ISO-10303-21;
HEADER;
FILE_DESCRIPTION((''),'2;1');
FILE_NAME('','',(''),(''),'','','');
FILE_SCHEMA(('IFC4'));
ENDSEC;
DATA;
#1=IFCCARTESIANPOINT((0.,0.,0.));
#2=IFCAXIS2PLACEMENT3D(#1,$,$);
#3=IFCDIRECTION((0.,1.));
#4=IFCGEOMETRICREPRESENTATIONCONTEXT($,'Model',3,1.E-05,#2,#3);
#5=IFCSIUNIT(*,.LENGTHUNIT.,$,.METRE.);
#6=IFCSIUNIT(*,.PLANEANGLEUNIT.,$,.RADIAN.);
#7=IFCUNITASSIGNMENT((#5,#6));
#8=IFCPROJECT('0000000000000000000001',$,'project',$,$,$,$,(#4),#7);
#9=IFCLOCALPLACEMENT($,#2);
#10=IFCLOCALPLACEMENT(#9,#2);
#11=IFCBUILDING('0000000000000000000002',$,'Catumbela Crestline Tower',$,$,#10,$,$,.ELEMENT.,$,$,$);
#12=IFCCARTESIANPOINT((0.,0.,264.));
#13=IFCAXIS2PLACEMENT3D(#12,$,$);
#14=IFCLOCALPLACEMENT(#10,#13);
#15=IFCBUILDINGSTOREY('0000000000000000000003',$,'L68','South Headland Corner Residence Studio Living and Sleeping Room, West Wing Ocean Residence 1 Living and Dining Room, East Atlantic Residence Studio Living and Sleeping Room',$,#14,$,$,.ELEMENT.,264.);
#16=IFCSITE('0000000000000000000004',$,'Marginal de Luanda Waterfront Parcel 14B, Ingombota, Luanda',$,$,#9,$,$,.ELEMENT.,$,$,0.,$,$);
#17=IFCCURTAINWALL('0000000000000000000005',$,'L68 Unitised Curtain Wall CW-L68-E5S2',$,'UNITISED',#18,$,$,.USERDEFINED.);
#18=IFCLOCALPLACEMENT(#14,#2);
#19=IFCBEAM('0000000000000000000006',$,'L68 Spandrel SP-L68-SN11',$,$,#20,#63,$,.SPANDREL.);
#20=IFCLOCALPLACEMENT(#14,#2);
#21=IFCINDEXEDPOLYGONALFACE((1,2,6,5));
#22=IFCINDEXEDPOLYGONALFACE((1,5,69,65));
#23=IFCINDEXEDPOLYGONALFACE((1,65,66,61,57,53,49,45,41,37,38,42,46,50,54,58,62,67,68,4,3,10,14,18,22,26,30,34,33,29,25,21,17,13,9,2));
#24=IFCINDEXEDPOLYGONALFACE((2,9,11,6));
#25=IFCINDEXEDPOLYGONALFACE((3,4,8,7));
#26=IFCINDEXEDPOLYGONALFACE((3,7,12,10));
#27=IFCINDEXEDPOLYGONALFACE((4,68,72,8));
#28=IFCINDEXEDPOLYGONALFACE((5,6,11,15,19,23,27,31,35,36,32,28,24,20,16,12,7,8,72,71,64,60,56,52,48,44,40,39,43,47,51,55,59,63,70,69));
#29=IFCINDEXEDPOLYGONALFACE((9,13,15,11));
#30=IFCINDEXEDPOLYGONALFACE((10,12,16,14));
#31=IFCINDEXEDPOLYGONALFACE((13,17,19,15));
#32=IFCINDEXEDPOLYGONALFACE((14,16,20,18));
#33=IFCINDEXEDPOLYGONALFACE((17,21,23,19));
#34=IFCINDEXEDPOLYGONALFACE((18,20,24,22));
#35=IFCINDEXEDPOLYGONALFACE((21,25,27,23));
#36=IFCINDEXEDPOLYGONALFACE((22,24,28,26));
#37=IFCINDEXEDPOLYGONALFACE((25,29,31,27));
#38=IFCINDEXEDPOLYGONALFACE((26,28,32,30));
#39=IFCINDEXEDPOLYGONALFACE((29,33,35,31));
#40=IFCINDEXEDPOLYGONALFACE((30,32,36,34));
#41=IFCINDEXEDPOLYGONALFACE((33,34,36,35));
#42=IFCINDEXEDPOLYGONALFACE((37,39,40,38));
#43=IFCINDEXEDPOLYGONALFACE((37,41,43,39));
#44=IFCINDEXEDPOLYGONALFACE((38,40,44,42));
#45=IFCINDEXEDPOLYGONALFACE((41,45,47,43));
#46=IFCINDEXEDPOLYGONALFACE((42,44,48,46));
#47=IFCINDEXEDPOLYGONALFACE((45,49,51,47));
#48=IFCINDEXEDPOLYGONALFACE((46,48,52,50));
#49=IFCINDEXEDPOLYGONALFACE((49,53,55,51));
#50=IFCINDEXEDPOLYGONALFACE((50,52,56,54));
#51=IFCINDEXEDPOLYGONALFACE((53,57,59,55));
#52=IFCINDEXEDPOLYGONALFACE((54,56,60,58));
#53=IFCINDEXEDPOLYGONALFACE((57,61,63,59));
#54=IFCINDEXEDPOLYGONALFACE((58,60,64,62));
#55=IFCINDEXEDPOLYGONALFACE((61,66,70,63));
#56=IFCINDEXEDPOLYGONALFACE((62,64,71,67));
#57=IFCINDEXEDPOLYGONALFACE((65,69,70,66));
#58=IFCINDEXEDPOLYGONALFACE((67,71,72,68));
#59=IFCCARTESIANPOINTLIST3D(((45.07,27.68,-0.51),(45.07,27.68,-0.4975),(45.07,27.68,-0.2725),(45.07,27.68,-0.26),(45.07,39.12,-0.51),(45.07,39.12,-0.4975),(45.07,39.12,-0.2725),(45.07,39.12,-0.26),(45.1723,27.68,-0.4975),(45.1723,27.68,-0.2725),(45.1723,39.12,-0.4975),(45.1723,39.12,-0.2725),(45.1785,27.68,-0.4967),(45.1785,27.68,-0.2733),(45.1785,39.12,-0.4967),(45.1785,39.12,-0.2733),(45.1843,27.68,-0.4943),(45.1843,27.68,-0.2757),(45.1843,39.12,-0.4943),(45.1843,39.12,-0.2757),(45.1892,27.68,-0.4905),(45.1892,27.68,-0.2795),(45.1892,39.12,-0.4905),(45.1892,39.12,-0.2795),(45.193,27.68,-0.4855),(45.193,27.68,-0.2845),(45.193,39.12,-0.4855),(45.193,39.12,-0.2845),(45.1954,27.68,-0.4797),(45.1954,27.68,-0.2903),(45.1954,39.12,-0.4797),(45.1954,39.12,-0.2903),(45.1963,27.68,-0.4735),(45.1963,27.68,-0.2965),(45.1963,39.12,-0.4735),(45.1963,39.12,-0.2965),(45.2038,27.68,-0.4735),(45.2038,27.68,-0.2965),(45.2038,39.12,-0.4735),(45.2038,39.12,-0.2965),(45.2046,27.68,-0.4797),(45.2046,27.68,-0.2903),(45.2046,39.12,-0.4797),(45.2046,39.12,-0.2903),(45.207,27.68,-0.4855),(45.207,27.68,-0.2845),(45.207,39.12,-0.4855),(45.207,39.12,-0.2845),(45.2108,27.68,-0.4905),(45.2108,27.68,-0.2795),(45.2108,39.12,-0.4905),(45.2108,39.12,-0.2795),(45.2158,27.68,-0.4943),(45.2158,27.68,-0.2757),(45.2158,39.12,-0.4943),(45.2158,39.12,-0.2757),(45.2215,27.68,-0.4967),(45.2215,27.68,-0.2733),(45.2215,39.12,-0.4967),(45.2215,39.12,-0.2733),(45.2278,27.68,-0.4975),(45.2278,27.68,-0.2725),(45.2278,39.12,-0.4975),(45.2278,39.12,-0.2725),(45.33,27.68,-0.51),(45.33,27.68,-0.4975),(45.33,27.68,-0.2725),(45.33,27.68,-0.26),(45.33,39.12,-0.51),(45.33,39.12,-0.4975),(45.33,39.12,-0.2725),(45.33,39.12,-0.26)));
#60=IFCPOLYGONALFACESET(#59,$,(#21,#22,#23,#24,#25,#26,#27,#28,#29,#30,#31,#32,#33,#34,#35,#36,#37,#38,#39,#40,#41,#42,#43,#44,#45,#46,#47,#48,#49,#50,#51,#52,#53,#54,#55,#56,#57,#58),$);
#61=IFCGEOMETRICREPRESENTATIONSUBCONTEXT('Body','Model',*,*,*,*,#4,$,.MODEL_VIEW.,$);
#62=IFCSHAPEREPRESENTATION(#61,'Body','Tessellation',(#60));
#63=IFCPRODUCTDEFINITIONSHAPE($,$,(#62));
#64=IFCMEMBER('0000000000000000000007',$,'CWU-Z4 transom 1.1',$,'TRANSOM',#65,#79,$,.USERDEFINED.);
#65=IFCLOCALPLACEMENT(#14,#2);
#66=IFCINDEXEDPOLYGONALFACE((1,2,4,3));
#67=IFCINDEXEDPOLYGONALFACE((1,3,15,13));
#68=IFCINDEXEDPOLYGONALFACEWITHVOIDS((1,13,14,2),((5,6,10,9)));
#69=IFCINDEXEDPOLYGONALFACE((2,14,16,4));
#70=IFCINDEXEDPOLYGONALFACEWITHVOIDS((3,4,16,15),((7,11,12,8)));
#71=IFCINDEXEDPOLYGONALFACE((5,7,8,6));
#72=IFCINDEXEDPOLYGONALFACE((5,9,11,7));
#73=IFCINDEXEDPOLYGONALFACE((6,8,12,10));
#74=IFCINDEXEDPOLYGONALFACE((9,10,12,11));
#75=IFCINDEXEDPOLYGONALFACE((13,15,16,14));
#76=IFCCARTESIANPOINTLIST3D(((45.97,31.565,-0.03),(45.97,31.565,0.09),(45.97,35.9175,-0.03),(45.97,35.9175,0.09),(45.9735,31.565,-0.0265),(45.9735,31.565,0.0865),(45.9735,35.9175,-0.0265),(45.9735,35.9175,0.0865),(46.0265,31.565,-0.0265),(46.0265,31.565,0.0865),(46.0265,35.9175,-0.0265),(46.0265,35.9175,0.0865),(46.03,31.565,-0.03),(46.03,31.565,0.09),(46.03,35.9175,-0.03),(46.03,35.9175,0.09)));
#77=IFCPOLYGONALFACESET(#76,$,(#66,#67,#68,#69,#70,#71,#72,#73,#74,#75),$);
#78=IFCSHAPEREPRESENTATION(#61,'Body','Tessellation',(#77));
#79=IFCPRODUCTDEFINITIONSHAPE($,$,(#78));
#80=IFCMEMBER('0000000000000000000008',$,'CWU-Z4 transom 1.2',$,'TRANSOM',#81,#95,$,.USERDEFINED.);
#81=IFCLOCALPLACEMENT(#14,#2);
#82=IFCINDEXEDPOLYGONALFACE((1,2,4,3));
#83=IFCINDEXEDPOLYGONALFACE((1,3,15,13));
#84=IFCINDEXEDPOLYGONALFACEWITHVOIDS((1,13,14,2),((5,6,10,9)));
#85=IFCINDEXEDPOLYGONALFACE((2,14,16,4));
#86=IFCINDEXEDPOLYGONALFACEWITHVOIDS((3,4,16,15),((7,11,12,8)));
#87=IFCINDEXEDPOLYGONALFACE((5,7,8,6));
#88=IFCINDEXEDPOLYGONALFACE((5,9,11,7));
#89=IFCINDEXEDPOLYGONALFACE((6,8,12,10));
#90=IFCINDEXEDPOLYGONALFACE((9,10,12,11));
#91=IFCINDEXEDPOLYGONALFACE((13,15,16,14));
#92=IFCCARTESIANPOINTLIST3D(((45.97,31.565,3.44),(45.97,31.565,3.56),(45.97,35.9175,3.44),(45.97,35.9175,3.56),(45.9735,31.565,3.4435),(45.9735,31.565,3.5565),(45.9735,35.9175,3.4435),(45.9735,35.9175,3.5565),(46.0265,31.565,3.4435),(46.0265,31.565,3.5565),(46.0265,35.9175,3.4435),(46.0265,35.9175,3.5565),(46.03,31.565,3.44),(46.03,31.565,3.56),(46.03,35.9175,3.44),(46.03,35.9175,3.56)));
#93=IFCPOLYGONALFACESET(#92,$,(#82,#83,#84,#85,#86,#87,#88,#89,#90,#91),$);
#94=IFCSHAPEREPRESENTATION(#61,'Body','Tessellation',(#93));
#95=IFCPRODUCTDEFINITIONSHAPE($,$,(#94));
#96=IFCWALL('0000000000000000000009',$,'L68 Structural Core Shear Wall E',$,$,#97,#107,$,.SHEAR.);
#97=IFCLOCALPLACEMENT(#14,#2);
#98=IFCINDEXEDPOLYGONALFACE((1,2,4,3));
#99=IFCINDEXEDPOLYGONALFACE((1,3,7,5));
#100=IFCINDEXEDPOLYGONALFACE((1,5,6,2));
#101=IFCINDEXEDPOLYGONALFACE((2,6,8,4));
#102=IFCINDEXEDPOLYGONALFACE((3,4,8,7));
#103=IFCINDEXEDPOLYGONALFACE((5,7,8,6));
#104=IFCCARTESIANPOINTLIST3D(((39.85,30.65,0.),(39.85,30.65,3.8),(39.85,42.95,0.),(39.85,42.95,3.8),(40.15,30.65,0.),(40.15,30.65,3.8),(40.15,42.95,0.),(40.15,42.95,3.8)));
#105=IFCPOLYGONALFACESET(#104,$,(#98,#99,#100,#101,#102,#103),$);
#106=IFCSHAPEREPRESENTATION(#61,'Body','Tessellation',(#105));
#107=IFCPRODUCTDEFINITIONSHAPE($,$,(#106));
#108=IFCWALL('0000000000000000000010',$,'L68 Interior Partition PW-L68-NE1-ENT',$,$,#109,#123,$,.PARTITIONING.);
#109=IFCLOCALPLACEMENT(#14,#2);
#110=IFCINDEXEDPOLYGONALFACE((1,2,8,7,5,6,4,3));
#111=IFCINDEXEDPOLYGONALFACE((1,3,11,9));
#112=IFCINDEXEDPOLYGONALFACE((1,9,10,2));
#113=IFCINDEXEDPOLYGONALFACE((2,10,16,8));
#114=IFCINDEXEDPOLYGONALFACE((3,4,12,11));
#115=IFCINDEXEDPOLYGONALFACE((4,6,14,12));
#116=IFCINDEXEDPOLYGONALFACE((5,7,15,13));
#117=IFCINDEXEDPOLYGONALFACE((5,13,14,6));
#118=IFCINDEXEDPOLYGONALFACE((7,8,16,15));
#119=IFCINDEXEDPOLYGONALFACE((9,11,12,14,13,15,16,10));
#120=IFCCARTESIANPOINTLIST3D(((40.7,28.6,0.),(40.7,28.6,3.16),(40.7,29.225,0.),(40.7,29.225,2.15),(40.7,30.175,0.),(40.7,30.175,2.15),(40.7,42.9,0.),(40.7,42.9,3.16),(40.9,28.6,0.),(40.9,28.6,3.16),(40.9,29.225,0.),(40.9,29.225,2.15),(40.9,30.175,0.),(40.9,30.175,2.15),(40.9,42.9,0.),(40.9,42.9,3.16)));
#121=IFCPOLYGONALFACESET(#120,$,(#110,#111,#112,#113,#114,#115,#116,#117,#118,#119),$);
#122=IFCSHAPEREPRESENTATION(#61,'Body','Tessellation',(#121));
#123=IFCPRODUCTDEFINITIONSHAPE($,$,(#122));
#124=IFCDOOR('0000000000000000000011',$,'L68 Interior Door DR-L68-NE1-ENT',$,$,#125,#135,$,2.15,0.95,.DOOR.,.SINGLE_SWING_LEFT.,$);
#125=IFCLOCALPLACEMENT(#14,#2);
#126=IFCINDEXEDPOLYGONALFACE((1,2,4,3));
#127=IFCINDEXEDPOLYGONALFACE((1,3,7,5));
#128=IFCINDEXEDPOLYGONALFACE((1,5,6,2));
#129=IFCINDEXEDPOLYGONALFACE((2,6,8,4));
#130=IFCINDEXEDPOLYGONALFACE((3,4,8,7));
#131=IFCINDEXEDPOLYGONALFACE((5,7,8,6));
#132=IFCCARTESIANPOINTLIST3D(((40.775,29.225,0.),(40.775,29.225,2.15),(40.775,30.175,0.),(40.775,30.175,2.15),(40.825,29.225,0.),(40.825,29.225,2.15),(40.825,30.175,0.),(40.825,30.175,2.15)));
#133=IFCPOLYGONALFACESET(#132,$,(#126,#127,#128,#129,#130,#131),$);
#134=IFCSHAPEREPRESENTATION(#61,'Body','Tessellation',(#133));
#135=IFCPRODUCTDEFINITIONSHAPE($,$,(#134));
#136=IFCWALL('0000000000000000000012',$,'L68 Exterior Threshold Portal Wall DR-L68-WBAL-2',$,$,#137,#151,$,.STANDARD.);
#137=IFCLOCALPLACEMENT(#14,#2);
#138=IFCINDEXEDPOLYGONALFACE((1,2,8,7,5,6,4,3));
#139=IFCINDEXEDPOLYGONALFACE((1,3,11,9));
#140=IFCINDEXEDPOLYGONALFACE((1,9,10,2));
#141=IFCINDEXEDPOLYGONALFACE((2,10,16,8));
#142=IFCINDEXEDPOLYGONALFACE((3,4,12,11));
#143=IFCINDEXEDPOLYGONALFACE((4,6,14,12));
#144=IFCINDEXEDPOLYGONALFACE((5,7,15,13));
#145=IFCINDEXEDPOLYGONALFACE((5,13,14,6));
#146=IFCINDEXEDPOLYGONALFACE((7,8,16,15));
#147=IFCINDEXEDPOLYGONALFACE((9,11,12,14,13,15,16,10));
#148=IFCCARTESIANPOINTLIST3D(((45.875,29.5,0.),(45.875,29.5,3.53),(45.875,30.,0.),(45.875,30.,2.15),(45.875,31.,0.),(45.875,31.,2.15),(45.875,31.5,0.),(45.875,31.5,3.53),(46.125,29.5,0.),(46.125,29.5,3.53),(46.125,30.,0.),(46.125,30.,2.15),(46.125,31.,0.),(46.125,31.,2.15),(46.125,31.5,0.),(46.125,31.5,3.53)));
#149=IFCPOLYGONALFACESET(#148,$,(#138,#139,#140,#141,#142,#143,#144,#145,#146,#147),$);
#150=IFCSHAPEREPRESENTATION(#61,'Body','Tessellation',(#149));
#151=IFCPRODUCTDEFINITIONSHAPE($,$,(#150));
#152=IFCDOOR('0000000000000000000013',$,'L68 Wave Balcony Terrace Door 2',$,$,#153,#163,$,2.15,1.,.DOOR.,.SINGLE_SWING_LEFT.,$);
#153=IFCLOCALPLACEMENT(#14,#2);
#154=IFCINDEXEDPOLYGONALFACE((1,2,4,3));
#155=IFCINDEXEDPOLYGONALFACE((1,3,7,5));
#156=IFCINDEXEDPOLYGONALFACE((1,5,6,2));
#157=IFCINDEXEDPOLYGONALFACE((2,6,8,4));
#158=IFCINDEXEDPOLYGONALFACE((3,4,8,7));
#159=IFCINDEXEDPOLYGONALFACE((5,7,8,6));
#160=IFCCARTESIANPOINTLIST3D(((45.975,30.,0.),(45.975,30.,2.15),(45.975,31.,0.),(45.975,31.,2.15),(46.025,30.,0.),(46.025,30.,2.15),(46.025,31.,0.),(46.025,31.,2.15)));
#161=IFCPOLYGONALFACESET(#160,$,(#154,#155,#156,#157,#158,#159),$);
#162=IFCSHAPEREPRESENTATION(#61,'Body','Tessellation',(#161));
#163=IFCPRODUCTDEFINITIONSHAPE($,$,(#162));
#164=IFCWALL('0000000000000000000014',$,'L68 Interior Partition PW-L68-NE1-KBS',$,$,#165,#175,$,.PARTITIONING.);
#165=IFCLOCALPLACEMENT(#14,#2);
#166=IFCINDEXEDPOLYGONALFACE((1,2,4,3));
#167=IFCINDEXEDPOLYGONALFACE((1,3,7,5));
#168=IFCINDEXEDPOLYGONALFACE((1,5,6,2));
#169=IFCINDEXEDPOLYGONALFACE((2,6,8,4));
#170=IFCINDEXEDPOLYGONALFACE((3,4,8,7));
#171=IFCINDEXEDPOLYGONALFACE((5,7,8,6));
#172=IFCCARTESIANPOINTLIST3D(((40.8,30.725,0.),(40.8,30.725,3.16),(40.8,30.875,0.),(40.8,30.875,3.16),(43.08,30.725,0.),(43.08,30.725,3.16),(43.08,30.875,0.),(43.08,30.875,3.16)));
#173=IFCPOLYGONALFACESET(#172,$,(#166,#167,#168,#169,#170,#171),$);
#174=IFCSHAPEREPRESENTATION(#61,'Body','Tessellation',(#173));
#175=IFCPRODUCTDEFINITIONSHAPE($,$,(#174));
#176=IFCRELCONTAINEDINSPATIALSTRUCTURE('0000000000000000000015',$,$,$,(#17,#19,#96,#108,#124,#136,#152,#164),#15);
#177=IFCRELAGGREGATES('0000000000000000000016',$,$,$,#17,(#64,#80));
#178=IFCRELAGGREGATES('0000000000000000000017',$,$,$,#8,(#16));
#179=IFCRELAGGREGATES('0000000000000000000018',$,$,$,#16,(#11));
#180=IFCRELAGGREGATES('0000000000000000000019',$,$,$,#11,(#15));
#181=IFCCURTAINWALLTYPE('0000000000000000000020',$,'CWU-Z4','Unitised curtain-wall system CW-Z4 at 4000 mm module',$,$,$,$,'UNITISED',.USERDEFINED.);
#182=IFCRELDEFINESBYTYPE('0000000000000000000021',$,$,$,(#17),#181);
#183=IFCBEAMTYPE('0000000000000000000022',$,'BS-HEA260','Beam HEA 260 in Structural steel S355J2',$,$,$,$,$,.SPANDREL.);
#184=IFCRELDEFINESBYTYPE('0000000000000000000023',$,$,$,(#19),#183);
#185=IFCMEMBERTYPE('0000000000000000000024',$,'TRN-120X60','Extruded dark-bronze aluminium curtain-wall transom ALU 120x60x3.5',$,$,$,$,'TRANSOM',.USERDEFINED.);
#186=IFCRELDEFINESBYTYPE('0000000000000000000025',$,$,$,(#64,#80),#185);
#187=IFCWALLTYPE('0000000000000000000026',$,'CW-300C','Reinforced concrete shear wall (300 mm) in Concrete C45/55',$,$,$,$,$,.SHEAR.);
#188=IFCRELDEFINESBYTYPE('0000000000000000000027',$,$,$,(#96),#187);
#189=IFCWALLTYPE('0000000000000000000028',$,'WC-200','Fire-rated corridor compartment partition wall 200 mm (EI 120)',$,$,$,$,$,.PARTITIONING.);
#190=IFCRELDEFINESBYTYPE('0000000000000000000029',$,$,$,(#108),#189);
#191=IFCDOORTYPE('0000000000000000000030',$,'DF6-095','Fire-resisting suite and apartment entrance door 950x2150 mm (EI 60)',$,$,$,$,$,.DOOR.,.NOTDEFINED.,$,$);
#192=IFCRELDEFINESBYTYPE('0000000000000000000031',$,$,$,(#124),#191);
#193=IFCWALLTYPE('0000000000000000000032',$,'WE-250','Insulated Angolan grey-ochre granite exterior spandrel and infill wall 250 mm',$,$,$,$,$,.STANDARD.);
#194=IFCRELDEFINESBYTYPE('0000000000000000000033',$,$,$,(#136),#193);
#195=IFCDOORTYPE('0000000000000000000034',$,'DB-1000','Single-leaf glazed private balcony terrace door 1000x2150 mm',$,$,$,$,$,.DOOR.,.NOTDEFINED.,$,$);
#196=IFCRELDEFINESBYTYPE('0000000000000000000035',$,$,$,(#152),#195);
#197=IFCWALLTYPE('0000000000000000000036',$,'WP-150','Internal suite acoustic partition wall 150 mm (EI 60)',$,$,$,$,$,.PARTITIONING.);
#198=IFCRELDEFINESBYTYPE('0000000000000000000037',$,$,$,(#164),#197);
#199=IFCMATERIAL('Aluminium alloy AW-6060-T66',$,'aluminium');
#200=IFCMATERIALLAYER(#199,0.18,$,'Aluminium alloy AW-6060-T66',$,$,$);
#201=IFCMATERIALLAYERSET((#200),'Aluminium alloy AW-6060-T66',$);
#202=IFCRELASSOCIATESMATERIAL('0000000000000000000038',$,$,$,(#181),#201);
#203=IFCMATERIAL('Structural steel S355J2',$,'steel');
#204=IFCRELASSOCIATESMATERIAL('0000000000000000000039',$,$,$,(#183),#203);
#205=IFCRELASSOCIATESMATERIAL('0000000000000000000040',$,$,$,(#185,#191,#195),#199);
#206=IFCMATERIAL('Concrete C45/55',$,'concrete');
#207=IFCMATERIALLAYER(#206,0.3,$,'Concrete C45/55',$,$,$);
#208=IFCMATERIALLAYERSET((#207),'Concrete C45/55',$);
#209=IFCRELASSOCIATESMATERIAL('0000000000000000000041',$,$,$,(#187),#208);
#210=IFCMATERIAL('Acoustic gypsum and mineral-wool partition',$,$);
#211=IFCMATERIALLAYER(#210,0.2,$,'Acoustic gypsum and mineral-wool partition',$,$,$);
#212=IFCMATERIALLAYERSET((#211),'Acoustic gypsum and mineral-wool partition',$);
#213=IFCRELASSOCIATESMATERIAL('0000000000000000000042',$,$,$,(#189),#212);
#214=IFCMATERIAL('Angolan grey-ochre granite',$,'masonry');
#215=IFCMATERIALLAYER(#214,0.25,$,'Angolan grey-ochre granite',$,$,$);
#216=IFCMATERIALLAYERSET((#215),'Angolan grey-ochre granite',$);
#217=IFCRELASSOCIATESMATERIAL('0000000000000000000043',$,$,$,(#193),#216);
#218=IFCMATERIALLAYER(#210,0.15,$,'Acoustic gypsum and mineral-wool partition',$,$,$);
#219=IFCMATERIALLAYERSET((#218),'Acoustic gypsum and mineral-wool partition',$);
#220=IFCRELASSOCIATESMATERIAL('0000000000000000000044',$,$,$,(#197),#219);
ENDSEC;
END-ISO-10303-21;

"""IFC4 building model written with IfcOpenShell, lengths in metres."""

from ifc_helpers import new_model, si_unit, direction, frame, frame_2d, origin, origin_2d, place, context, subcontext, project, spatial, rectangle, hollow_rectangle, i_section, extrude, material, layer, layer_set, material_profile, profile_set, type_object, element, fill, aggregate, save


model = new_model("IFC4")

# Units and contexts
model_context = context("Model", 3, precision=1e-05, world=origin(), true_north=direction((0.0, 1.0)))
body_context = subcontext(model_context, "Body", "Model", "MODEL_VIEW")
ifc_project = project(units=[si_unit("LENGTHUNIT", "METRE"), si_unit("PLANEANGLEUNIT", "RADIAN")], contexts=[model_context])

# Site, building, storey
site_placement = place(None, origin())
site = spatial("IfcSite", under=ifc_project, at=site_placement, Name="Marginal de Luanda Waterfront Parcel 14B, Ingombota, Luanda", CompositionType="ELEMENT", RefElevation=0.0)
building_placement = place(site_placement, origin())
building = spatial("IfcBuilding", under=site, at=building_placement, Name="Catumbela Crestline Tower", CompositionType="ELEMENT")
storey_placement = place(building_placement, frame((0.0, 0.0, 264.0)))
storey = spatial("IfcBuildingStorey", under=building, at=storey_placement, Name="L68", Description="South Headland Corner Residence Studio Living and Sleeping Room, West Wing Ocean Residence 1 Living and Dining Room, East Atlantic Residence Studio Living and Sleeping Room", CompositionType="ELEMENT", Elevation=264.0)

# Shared definitions
ifc_material_1 = material(Name="Concrete C45/55", Category="concrete")
ifc_material_2 = material(Name="Structural steel S355J2", Category="steel")

# Curtain wall
ifc_material_3 = material(Name="Aluminium alloy AW-6060-T66", Category="aluminium")
ifc_layer_1 = layer(ifc_material_3, 0.18, Name="Aluminium alloy AW-6060-T66")
ifc_layer_set_1 = layer_set([ifc_layer_1], Name="Aluminium alloy AW-6060-T66")
curtain_wall_type = type_object("IfcCurtainWallType", Name="CWU-Z4", Description="Unitised curtain-wall system CW-Z4 at 4000 mm module", ElementType="UNITISED", PredefinedType="USERDEFINED", material=ifc_layer_set_1)
curtain_wall_placement = place(storey_placement, origin())
curtain_wall = element("IfcCurtainWall", 1, at=curtain_wall_placement, inside=storey, type_object=curtain_wall_type, Name="L68 Unitised Curtain Wall CW-L68-E5S2", ObjectType="UNITISED", PredefinedType="USERDEFINED")

# Beam
ifc_material_profile_1 = material_profile(ifc_material_2, i_section(OverallWidth=0.26, OverallDepth=0.25, WebThickness=0.0075, FlangeThickness=0.0125, FilletRadius=0.024, at=origin_2d()), Name="HEA 260")
ifc_profile_set_1 = profile_set([ifc_material_profile_1], Name="Structural steel S355J2")
beam_type_1 = type_object("IfcBeamType", Name="BS-HEA260", Description="Beam HEA 260 in Structural steel S355J2", PredefinedType="SPANDREL", material=ifc_profile_set_1)
beam_1_placement = place(storey_placement, frame((45.2, 27.68, -0.385), z_axis=(0.0, 1.0, 0.0), x_axis=(-1.0, 0.0, 0.0)))
element("IfcBeam", 2, at=beam_1_placement, inside=storey, type_object=beam_type_1, Name="L68 Spandrel SP-L68-SN11", PredefinedType="SPANDREL", context=body_context, shape_type="SweptSolid", body=[
    extrude(i_section(OverallWidth=0.26, OverallDepth=0.25, WebThickness=0.0075, FlangeThickness=0.0125, FilletRadius=0.024, at=origin_2d()), origin(), (0.0, 0.0, 1.0), 11.44),
])

# Members
ifc_material_profile_2 = material_profile(ifc_material_3, hollow_rectangle(XDim=0.06, YDim=0.12, WallThickness=0.0035, at=origin_2d()), Name="ALU 120x60x3.5")
ifc_profile_set_2 = profile_set([ifc_material_profile_2], Name="Aluminium alloy AW-6060-T66")
member_type_1 = type_object("IfcMemberType", Name="TRN-120X60", Description="Extruded dark-bronze aluminium curtain-wall transom ALU 120x60x3.5", ElementType="TRANSOM", PredefinedType="USERDEFINED", material=ifc_profile_set_2)
member_1_placement = place(storey_placement, frame((46.0, 31.565, 0.03), z_axis=(0.0, 1.0, 0.0), x_axis=(-1.0, 0.0, 0.0)))
member_1 = element("IfcMember", 3, at=member_1_placement, type_object=member_type_1, Name="CWU-Z4 transom 1.1", ObjectType="TRANSOM", PredefinedType="USERDEFINED", context=body_context, shape_type="SweptSolid", body=[
    extrude(hollow_rectangle(XDim=0.06, YDim=0.12, WallThickness=0.0035, at=origin_2d()), origin(), (0.0, 0.0, 1.0), 4.3525),
])
member_2_placement = place(storey_placement, frame((46.0, 31.565, 3.5), z_axis=(0.0, 1.0, 0.0), x_axis=(-1.0, 0.0, 0.0)))
member_2 = element("IfcMember", 4, at=member_2_placement, type_object=member_type_1, Name="CWU-Z4 transom 1.2", ObjectType="TRANSOM", PredefinedType="USERDEFINED", context=body_context, shape_type="SweptSolid", body=[
    extrude(hollow_rectangle(XDim=0.06, YDim=0.12, WallThickness=0.0035, at=origin_2d()), origin(), (0.0, 0.0, 1.0), 4.3525),
])
aggregate(curtain_wall, [member_1, member_2])

# Wall
ifc_layer_2 = layer(ifc_material_1, 0.3, Name="Concrete C45/55")
ifc_layer_set_2 = layer_set([ifc_layer_2], Name="Concrete C45/55")
wall_type_1 = type_object("IfcWallType", Name="CW-300C", Description="Reinforced concrete shear wall (300 mm) in Concrete C45/55", PredefinedType="SHEAR", material=ifc_layer_set_2)
wall_1_placement = place(storey_placement, frame((40.0, 30.65, 0.0), z_axis=(0.0, 0.0, 1.0), x_axis=(0.0, 1.0, 0.0)))
element("IfcWall", 5, at=wall_1_placement, inside=storey, type_object=wall_type_1, Name="L68 Structural Core Shear Wall E", PredefinedType="SHEAR", context=body_context, shape_type="SweptSolid", body=[
    extrude(rectangle(XDim=12.3, YDim=0.3, at=frame_2d((6.15, 0.0))), origin(), (0.0, 0.0, 1.0), 3.8),
])

# Walls, openings, doors
ifc_material_4 = material(Name="Acoustic gypsum and mineral-wool partition")
ifc_layer_3 = layer(ifc_material_4, 0.2, Name="Acoustic gypsum and mineral-wool partition")
ifc_layer_set_3 = layer_set([ifc_layer_3], Name="Acoustic gypsum and mineral-wool partition")
wall_type_2 = type_object("IfcWallType", Name="WC-200", Description="Fire-rated corridor compartment partition wall 200 mm (EI 120)", PredefinedType="PARTITIONING", material=ifc_layer_set_3)
wall_2_placement = place(storey_placement, frame((40.8, 28.6, 0.0), z_axis=(0.0, 0.0, 1.0), x_axis=(0.0, 1.0, 0.0)))
wall_2 = element("IfcWall", 6, at=wall_2_placement, inside=storey, type_object=wall_type_2, Name="L68 Interior Partition PW-L68-NE1-ENT", PredefinedType="PARTITIONING", context=body_context, shape_type="SweptSolid", body=[
    extrude(rectangle(XDim=14.3, YDim=0.2, at=frame_2d((7.15, 0.0))), origin(), (0.0, 0.0, 1.0), 3.16),
])
opening_1_placement = place(wall_2_placement, frame((0.625, 0.0, 0.0)))
opening_1 = element("IfcOpeningElement", 7, at=opening_1_placement, cuts=wall_2, PredefinedType="OPENING", context=body_context, shape_type="SweptSolid", body=[
    extrude(rectangle(XDim=0.95, YDim=2.15, at=frame_2d((0.475, 1.075))), frame((0.0, 0.11, 0.0), z_axis=(0.0, -1.0, 0.0), x_axis=(1.0, 0.0, 0.0)), (0.0, 0.0, 1.0), 0.22),
])
door_type_1 = type_object("IfcDoorType", Name="DF6-095", Description="Fire-resisting suite and apartment entrance door 950x2150 mm (EI 60)", OperationType="NOTDEFINED", PredefinedType="DOOR", material=ifc_material_3)
door_1_placement = place(opening_1_placement, origin())
door_1 = element("IfcDoor", 8, at=door_1_placement, inside=storey, type_object=door_type_1, Name="L68 Interior Door DR-L68-NE1-ENT", OperationType="SINGLE_SWING_LEFT", OverallHeight=2.15, OverallWidth=0.95, PredefinedType="DOOR", context=body_context, shape_type="SweptSolid", body=[
    extrude(rectangle(XDim=0.95, YDim=2.15, at=frame_2d((0.475, 1.075))), frame((0.0, 0.025, 0.0), z_axis=(0.0, -1.0, 0.0), x_axis=(1.0, 0.0, 0.0)), (0.0, 0.0, 1.0), 0.05),
])
fill(opening_1, door_1)
ifc_material_5 = material(Name="Angolan grey-ochre granite", Category="masonry")
ifc_layer_4 = layer(ifc_material_5, 0.25, Name="Angolan grey-ochre granite")
ifc_layer_set_4 = layer_set([ifc_layer_4], Name="Angolan grey-ochre granite")
wall_type_3 = type_object("IfcWallType", Name="WE-250", Description="Insulated Angolan grey-ochre granite exterior spandrel and infill wall 250 mm", PredefinedType="STANDARD", material=ifc_layer_set_4)
wall_3_placement = place(storey_placement, frame((46.0, 29.5, 0.0), z_axis=(0.0, 0.0, 1.0), x_axis=(0.0, 1.0, 0.0)))
wall_3 = element("IfcWall", 9, at=wall_3_placement, inside=storey, type_object=wall_type_3, Name="L68 Exterior Threshold Portal Wall DR-L68-WBAL-2", PredefinedType="STANDARD", context=body_context, shape_type="SweptSolid", body=[
    extrude(rectangle(XDim=2.0, YDim=0.25, at=frame_2d((1.0, 0.0))), origin(), (0.0, 0.0, 1.0), 3.53),
])
opening_2_placement = place(wall_3_placement, frame((0.5, 0.0, 0.0)))
opening_2 = element("IfcOpeningElement", 10, at=opening_2_placement, cuts=wall_3, PredefinedType="OPENING", context=body_context, shape_type="SweptSolid", body=[
    extrude(rectangle(XDim=1.0, YDim=2.15, at=frame_2d((0.5, 1.075))), frame((0.0, 0.135, 0.0), z_axis=(0.0, -1.0, 0.0), x_axis=(1.0, 0.0, 0.0)), (0.0, 0.0, 1.0), 0.27),
])
door_type_2 = type_object("IfcDoorType", Name="DB-1000", Description="Single-leaf glazed private balcony terrace door 1000x2150 mm", OperationType="NOTDEFINED", PredefinedType="DOOR", material=ifc_material_3)
door_2_placement = place(opening_2_placement, origin())
door_2 = element("IfcDoor", 11, at=door_2_placement, inside=storey, type_object=door_type_2, Name="L68 Wave Balcony Terrace Door 2", OperationType="SINGLE_SWING_LEFT", OverallHeight=2.15, OverallWidth=1.0, PredefinedType="DOOR", context=body_context, shape_type="SweptSolid", body=[
    extrude(rectangle(XDim=1.0, YDim=2.15, at=frame_2d((0.5, 1.075))), frame((0.0, 0.025, 0.0), z_axis=(0.0, -1.0, 0.0), x_axis=(1.0, 0.0, 0.0)), (0.0, 0.0, 1.0), 0.05),
])
fill(opening_2, door_2)

# Wall
ifc_layer_5 = layer(ifc_material_4, 0.15, Name="Acoustic gypsum and mineral-wool partition")
ifc_layer_set_5 = layer_set([ifc_layer_5], Name="Acoustic gypsum and mineral-wool partition")
wall_type_4 = type_object("IfcWallType", Name="WP-150", Description="Internal suite acoustic partition wall 150 mm (EI 60)", PredefinedType="PARTITIONING", material=ifc_layer_set_5)
wall_4_placement = place(storey_placement, frame((40.8, 30.8, 0.0), z_axis=(0.0, 0.0, 1.0), x_axis=(1.0, 0.0, 0.0)))
element("IfcWall", 12, at=wall_4_placement, inside=storey, type_object=wall_type_4, Name="L68 Interior Partition PW-L68-NE1-KBS", PredefinedType="PARTITIONING", context=body_context, shape_type="SweptSolid", body=[
    extrude(rectangle(XDim=2.28, YDim=0.15, at=frame_2d((1.14, 0.0))), origin(), (0.0, 0.0, 1.0), 3.16),
])

save(model, "model.ifc")
